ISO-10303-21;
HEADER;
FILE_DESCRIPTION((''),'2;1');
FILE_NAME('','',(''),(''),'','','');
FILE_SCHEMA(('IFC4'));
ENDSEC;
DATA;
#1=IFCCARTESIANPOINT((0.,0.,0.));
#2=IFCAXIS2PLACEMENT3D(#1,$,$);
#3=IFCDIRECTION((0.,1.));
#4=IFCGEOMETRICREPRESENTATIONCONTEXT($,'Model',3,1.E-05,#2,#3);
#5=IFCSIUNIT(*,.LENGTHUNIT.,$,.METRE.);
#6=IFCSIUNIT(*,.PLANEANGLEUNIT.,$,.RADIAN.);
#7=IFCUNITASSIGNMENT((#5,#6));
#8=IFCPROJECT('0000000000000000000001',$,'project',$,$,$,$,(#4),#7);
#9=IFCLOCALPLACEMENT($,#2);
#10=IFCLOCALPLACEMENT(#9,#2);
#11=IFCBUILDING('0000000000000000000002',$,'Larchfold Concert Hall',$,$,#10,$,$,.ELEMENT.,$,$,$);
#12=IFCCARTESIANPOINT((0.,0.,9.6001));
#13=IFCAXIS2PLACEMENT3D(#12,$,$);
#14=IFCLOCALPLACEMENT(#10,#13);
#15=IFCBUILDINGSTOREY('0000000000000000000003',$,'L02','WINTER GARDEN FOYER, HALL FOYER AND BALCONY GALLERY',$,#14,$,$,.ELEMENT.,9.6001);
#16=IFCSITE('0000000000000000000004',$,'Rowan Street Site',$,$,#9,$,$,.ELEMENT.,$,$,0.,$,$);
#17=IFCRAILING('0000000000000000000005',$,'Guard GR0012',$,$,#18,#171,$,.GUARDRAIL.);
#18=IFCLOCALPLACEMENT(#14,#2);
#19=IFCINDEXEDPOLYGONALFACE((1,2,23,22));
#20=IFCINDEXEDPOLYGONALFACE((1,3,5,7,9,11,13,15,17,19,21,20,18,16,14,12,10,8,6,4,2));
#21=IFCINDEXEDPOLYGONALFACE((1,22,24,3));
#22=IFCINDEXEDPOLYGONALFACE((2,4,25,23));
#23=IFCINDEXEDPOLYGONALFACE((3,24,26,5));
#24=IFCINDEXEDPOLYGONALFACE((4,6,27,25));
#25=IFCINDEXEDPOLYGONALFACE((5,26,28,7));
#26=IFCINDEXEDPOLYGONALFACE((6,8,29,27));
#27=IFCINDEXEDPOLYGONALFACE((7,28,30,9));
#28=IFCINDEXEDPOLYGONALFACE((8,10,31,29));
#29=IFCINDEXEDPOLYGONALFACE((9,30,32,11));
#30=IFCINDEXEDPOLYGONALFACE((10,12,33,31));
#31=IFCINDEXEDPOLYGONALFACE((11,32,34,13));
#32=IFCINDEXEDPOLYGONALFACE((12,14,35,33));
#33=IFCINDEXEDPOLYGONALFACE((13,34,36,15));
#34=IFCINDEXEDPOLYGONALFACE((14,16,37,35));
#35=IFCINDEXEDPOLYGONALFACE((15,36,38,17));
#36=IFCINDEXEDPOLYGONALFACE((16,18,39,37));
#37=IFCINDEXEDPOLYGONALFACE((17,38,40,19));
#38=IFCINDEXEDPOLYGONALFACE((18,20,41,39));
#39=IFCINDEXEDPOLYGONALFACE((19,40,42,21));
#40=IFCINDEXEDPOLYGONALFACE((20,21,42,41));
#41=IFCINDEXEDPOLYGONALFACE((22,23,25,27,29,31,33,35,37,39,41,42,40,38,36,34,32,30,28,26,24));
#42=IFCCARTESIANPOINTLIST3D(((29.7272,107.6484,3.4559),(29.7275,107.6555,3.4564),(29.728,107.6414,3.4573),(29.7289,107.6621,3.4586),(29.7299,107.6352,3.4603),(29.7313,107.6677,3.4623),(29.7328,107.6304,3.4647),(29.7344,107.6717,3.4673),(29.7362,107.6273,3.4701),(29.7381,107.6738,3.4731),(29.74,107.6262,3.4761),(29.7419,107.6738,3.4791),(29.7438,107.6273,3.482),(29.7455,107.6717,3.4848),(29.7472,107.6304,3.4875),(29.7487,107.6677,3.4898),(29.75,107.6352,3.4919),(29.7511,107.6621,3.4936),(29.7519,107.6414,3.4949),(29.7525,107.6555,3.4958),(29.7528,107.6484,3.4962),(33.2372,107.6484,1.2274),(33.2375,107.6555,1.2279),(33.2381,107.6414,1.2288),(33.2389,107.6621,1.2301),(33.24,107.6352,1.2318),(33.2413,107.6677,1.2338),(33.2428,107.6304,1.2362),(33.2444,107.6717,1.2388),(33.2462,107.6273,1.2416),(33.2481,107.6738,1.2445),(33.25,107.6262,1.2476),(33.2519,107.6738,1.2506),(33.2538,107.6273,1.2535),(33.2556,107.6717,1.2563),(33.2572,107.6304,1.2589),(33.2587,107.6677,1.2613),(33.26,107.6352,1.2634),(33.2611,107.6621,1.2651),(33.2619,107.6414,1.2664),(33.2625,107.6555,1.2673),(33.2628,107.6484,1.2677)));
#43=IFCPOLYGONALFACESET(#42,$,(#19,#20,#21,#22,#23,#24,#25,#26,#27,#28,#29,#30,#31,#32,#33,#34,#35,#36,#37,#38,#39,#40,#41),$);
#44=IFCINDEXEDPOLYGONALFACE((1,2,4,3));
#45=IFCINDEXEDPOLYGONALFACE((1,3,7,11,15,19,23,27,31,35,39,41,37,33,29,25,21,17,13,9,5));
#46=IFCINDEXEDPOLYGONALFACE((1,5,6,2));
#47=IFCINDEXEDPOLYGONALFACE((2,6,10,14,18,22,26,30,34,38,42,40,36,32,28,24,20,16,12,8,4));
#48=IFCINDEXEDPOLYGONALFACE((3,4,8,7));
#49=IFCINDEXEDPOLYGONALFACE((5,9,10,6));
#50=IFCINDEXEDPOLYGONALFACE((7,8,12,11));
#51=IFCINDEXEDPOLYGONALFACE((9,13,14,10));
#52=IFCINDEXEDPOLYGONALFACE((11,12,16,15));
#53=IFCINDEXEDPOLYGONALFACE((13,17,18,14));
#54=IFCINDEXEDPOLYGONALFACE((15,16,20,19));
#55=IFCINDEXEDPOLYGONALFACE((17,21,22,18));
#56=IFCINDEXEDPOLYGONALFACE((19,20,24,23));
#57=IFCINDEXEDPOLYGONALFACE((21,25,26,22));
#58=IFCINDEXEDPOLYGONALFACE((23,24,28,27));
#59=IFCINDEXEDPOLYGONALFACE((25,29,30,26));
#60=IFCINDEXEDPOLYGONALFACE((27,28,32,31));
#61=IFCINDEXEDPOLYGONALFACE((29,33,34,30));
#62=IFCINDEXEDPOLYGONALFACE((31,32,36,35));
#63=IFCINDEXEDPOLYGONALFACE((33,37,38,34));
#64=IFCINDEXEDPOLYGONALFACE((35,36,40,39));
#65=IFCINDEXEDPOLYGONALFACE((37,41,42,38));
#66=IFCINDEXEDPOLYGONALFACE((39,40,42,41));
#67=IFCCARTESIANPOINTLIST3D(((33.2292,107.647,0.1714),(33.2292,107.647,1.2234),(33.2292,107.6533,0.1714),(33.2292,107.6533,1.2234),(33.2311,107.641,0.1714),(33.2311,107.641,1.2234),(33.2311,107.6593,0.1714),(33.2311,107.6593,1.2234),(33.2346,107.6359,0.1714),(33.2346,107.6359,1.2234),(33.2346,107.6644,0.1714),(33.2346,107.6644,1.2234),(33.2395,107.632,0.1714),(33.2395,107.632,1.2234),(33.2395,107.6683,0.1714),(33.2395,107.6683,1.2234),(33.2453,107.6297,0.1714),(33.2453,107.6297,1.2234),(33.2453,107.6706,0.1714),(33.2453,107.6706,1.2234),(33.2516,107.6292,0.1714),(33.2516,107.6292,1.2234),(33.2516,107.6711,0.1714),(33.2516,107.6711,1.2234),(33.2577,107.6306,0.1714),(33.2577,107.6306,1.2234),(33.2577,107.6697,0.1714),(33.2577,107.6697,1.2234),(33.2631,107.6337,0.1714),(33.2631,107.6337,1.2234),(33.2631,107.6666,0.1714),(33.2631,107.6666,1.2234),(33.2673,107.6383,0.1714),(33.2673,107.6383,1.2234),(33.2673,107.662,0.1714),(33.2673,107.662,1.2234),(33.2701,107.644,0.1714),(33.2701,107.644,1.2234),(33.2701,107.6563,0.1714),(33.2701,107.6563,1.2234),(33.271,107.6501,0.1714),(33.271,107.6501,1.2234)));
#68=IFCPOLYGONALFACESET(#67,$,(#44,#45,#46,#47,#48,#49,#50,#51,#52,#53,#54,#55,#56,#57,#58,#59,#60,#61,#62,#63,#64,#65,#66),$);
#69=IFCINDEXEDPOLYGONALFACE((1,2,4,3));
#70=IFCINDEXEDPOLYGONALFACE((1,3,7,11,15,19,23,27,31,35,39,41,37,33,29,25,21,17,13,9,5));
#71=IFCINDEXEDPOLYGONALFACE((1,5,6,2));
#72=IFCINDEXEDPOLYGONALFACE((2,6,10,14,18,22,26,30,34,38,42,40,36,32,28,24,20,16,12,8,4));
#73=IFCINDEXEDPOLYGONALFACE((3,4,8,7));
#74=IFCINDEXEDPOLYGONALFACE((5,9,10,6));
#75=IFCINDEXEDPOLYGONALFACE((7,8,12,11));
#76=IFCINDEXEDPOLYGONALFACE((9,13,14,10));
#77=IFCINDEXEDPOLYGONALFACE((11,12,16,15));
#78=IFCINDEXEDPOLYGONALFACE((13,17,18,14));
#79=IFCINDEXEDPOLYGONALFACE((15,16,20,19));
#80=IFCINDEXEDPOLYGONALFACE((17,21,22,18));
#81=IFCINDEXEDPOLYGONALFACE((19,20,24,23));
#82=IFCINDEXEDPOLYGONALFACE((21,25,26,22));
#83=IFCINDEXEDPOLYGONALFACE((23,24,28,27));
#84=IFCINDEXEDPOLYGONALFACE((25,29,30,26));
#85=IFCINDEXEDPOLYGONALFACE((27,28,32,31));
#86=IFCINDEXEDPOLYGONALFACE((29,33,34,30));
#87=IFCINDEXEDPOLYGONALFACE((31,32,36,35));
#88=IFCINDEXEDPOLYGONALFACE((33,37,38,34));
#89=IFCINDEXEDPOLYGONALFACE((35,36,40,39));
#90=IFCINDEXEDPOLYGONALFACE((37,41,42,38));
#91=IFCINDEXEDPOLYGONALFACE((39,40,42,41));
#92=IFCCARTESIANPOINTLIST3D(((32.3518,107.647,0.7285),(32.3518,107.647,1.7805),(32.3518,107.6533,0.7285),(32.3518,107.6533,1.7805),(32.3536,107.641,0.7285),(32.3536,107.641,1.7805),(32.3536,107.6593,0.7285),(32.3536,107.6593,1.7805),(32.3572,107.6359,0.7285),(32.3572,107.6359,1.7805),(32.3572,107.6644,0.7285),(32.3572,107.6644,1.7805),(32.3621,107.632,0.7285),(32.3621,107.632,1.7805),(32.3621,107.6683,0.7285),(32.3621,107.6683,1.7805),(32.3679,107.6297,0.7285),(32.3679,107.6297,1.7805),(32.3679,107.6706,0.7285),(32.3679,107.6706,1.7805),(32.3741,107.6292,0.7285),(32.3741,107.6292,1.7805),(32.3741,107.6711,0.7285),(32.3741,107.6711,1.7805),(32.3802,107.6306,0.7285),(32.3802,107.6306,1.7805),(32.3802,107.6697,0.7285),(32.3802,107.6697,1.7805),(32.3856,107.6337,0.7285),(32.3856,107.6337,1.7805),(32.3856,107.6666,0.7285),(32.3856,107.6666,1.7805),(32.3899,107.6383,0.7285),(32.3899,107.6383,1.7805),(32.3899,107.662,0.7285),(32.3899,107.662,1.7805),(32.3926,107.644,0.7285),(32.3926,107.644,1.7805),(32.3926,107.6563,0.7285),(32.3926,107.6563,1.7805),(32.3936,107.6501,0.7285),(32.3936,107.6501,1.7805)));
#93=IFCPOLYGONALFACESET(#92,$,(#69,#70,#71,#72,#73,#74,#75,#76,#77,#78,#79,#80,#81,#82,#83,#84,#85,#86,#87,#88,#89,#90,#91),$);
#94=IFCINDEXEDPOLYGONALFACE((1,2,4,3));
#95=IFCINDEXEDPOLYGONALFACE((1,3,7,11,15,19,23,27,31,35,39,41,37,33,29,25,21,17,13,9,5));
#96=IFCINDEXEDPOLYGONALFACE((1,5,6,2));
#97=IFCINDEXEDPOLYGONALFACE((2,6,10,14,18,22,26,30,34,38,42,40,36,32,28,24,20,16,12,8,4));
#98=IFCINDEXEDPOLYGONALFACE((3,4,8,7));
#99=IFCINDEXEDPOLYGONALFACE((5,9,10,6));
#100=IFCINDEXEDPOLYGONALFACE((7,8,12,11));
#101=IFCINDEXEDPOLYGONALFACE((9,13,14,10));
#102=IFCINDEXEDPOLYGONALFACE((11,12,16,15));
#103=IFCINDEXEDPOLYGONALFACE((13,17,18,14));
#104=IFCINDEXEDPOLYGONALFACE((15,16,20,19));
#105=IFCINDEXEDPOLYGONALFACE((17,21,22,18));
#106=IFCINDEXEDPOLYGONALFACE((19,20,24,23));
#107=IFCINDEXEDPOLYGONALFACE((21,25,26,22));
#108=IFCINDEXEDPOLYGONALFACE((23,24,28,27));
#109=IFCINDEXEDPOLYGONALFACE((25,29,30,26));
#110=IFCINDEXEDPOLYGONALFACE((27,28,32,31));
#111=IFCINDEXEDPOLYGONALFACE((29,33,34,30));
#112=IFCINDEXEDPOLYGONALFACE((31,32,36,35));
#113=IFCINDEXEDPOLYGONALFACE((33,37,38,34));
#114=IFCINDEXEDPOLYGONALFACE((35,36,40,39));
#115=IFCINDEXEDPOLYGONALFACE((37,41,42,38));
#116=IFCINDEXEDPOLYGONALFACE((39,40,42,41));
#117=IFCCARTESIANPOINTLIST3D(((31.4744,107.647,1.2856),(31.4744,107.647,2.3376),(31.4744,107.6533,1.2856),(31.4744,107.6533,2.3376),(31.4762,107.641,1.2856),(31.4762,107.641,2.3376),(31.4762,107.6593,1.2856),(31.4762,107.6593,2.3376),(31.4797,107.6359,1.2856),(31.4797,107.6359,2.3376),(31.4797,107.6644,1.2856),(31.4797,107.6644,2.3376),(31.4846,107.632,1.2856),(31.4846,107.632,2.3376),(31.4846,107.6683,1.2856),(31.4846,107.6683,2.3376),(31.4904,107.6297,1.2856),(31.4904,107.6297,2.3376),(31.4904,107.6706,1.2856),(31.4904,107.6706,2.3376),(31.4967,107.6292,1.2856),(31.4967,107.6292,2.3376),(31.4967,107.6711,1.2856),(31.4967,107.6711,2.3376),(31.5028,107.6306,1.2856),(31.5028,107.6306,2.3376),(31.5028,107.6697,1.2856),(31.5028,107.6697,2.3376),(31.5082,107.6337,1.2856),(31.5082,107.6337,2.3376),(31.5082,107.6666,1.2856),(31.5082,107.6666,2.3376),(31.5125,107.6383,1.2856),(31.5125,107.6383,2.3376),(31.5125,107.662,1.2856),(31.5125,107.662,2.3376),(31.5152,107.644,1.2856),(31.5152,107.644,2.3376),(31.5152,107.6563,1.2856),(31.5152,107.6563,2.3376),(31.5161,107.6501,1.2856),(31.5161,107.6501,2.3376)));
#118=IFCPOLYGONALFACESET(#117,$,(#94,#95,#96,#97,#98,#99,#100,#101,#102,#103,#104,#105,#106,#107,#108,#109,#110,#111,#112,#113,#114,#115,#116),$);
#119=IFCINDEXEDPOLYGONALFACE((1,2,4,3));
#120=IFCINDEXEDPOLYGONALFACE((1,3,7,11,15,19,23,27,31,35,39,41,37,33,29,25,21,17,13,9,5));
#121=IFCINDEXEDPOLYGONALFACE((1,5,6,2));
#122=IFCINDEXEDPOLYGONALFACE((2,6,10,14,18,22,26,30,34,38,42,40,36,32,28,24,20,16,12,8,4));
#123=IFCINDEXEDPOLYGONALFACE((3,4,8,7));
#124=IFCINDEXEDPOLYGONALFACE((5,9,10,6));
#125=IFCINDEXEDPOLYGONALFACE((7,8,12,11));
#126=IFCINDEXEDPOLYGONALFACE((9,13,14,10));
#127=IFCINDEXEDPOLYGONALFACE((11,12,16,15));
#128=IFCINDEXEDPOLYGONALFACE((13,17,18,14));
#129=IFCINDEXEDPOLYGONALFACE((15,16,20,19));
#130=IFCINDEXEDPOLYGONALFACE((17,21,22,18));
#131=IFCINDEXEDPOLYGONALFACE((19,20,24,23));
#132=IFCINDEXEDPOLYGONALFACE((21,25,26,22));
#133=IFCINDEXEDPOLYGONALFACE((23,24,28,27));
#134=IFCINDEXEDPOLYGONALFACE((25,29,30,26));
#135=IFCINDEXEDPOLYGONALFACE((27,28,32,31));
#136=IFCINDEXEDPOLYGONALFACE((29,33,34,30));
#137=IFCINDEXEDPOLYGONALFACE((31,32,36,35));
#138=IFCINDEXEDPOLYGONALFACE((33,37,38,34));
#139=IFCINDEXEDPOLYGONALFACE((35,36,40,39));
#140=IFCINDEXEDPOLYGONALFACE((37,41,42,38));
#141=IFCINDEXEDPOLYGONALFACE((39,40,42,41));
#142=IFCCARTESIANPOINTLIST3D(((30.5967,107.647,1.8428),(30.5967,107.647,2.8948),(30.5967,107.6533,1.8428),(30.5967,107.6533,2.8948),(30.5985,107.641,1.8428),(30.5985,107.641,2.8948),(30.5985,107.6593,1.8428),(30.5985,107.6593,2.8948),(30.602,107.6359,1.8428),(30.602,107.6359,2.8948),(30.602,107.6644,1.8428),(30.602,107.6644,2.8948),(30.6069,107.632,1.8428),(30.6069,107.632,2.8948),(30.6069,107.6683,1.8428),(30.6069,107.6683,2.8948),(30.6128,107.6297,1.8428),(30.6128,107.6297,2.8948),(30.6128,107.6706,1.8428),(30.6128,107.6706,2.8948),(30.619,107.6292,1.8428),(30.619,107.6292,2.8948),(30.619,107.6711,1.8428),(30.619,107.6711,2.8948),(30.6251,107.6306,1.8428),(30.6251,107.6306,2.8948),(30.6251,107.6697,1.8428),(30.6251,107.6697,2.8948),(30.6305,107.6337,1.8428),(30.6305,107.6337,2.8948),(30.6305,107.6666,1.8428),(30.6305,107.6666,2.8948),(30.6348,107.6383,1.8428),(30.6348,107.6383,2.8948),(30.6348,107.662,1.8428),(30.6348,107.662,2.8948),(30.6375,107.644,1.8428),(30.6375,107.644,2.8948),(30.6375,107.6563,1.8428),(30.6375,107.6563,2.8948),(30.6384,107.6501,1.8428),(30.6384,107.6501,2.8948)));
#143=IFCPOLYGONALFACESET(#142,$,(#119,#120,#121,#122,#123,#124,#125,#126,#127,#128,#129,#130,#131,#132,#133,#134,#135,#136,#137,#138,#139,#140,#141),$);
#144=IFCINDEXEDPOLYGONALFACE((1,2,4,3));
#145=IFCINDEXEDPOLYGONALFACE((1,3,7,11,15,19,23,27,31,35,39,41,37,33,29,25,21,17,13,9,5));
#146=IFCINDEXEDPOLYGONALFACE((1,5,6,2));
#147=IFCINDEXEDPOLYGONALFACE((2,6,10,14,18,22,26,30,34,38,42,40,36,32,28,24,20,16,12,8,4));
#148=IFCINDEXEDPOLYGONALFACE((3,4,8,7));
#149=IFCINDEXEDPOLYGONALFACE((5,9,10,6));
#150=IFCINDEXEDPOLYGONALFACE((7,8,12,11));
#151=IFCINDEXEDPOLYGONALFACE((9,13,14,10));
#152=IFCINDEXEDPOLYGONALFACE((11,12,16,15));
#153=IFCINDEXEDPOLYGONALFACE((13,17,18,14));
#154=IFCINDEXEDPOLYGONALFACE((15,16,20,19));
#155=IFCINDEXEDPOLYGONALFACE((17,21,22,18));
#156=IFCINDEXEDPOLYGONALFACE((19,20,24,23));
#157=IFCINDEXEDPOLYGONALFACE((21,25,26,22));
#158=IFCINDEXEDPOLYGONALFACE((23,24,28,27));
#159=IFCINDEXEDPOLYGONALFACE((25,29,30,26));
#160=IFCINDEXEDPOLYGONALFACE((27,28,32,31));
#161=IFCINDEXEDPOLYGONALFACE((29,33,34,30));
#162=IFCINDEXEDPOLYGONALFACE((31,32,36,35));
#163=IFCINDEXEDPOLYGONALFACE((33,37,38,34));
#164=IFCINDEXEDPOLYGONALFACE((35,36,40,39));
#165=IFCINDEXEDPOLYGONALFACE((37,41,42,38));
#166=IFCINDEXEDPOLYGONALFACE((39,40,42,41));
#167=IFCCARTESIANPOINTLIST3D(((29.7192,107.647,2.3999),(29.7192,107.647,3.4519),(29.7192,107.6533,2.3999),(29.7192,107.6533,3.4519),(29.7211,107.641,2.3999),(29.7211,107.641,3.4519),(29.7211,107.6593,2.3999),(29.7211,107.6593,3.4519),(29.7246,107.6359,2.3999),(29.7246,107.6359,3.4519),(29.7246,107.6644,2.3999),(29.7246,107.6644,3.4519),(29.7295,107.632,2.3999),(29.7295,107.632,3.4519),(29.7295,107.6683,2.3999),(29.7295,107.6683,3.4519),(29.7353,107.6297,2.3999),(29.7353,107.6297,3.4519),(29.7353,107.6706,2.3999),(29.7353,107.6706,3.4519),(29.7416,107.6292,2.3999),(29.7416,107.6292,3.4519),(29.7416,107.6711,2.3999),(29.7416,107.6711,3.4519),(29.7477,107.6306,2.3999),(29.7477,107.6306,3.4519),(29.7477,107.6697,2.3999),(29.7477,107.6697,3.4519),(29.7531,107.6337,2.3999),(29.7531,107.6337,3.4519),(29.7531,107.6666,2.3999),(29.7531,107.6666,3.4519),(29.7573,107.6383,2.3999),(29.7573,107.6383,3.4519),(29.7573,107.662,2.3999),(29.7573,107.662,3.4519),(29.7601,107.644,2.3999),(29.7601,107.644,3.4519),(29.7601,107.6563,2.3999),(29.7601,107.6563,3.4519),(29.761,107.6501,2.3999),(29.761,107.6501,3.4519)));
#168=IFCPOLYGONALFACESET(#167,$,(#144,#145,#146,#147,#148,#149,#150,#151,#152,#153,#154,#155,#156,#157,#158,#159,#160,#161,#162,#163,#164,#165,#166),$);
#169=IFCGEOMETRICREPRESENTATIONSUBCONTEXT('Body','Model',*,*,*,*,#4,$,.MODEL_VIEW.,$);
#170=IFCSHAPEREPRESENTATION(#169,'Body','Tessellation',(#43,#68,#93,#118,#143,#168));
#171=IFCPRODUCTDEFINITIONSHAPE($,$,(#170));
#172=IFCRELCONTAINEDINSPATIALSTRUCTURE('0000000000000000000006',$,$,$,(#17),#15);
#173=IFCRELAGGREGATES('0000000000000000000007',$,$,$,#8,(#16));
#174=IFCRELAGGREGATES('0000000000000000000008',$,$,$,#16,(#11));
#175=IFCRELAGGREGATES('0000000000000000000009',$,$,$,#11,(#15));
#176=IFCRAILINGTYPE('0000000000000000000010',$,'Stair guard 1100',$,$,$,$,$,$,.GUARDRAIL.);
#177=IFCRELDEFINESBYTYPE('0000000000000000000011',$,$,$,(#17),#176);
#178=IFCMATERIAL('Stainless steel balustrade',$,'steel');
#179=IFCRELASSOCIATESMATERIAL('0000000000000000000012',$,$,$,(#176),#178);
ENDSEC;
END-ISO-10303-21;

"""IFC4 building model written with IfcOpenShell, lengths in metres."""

from ifc_helpers import new_model, si_unit, direction, frame, origin, origin_2d, place, context, subcontext, project, spatial, circle, extrude, material, type_object, element, save


model = new_model("IFC4")

# Units and contexts
model_context = context("Model", 3, precision=1e-05, world=origin(), true_north=direction((0.0, 1.0)))
body_context = subcontext(model_context, "Body", "Model", "MODEL_VIEW")
ifc_project = project(units=[si_unit("LENGTHUNIT", "METRE"), si_unit("PLANEANGLEUNIT", "RADIAN")], contexts=[model_context])

# Site, building, storey
site_placement = place(None, origin())
site = spatial("IfcSite", under=ifc_project, at=site_placement, Name="Rowan Street Site", CompositionType="ELEMENT", RefElevation=0.0)
building_placement = place(site_placement, origin())
building = spatial("IfcBuilding", under=site, at=building_placement, Name="Larchfold Concert Hall", CompositionType="ELEMENT")
storey_placement = place(building_placement, frame((0.0, 0.0, 9.6001)))
storey = spatial("IfcBuildingStorey", under=building, at=storey_placement, Name="L02", Description="WINTER GARDEN FOYER, HALL FOYER AND BALCONY GALLERY", CompositionType="ELEMENT", Elevation=9.6001)

# Railing
ifc_material_1 = material(Name="Stainless steel balustrade", Category="steel")
railing_type_1 = type_object("IfcRailingType", Name="Stair guard 1100", PredefinedType="GUARDRAIL", material=ifc_material_1)
railing_1_placement = place(storey_placement, frame((33.25, 107.6501, 0.1714)))
element("IfcRailing", 1, at=railing_1_placement, inside=storey, type_object=railing_type_1, Name="Guard GR0012", PredefinedType="GUARDRAIL", context=body_context, shape_type="SweptSolid", body=[
    extrude(circle(Radius=0.0239, at=origin_2d()), frame((0.0, 0.0, 1.0762), z_axis=(-0.84422, 0.0, 0.535998), x_axis=(0.0, -1.0, 0.0)), (0.0, 0.0, 1.0), 4.1577),
    extrude(circle(Radius=0.021, at=origin_2d()), origin(), (0.0, 0.0, 1.0), 1.052),
    extrude(circle(Radius=0.021, at=origin_2d()), frame((-0.8774, 0.0, 0.5571)), (0.0, 0.0, 1.0), 1.052),
    extrude(circle(Radius=0.021, at=origin_2d()), frame((-1.7549, 0.0, 1.1143)), (0.0, 0.0, 1.0), 1.052),
    extrude(circle(Radius=0.021, at=origin_2d()), frame((-2.6326, 0.0, 1.6714)), (0.0, 0.0, 1.0), 1.052),
    extrude(circle(Radius=0.021, at=origin_2d()), frame((-3.51, 0.0, 2.2285)), (0.0, 0.0, 1.0), 1.052),
])

save(model, "model.ifc")
